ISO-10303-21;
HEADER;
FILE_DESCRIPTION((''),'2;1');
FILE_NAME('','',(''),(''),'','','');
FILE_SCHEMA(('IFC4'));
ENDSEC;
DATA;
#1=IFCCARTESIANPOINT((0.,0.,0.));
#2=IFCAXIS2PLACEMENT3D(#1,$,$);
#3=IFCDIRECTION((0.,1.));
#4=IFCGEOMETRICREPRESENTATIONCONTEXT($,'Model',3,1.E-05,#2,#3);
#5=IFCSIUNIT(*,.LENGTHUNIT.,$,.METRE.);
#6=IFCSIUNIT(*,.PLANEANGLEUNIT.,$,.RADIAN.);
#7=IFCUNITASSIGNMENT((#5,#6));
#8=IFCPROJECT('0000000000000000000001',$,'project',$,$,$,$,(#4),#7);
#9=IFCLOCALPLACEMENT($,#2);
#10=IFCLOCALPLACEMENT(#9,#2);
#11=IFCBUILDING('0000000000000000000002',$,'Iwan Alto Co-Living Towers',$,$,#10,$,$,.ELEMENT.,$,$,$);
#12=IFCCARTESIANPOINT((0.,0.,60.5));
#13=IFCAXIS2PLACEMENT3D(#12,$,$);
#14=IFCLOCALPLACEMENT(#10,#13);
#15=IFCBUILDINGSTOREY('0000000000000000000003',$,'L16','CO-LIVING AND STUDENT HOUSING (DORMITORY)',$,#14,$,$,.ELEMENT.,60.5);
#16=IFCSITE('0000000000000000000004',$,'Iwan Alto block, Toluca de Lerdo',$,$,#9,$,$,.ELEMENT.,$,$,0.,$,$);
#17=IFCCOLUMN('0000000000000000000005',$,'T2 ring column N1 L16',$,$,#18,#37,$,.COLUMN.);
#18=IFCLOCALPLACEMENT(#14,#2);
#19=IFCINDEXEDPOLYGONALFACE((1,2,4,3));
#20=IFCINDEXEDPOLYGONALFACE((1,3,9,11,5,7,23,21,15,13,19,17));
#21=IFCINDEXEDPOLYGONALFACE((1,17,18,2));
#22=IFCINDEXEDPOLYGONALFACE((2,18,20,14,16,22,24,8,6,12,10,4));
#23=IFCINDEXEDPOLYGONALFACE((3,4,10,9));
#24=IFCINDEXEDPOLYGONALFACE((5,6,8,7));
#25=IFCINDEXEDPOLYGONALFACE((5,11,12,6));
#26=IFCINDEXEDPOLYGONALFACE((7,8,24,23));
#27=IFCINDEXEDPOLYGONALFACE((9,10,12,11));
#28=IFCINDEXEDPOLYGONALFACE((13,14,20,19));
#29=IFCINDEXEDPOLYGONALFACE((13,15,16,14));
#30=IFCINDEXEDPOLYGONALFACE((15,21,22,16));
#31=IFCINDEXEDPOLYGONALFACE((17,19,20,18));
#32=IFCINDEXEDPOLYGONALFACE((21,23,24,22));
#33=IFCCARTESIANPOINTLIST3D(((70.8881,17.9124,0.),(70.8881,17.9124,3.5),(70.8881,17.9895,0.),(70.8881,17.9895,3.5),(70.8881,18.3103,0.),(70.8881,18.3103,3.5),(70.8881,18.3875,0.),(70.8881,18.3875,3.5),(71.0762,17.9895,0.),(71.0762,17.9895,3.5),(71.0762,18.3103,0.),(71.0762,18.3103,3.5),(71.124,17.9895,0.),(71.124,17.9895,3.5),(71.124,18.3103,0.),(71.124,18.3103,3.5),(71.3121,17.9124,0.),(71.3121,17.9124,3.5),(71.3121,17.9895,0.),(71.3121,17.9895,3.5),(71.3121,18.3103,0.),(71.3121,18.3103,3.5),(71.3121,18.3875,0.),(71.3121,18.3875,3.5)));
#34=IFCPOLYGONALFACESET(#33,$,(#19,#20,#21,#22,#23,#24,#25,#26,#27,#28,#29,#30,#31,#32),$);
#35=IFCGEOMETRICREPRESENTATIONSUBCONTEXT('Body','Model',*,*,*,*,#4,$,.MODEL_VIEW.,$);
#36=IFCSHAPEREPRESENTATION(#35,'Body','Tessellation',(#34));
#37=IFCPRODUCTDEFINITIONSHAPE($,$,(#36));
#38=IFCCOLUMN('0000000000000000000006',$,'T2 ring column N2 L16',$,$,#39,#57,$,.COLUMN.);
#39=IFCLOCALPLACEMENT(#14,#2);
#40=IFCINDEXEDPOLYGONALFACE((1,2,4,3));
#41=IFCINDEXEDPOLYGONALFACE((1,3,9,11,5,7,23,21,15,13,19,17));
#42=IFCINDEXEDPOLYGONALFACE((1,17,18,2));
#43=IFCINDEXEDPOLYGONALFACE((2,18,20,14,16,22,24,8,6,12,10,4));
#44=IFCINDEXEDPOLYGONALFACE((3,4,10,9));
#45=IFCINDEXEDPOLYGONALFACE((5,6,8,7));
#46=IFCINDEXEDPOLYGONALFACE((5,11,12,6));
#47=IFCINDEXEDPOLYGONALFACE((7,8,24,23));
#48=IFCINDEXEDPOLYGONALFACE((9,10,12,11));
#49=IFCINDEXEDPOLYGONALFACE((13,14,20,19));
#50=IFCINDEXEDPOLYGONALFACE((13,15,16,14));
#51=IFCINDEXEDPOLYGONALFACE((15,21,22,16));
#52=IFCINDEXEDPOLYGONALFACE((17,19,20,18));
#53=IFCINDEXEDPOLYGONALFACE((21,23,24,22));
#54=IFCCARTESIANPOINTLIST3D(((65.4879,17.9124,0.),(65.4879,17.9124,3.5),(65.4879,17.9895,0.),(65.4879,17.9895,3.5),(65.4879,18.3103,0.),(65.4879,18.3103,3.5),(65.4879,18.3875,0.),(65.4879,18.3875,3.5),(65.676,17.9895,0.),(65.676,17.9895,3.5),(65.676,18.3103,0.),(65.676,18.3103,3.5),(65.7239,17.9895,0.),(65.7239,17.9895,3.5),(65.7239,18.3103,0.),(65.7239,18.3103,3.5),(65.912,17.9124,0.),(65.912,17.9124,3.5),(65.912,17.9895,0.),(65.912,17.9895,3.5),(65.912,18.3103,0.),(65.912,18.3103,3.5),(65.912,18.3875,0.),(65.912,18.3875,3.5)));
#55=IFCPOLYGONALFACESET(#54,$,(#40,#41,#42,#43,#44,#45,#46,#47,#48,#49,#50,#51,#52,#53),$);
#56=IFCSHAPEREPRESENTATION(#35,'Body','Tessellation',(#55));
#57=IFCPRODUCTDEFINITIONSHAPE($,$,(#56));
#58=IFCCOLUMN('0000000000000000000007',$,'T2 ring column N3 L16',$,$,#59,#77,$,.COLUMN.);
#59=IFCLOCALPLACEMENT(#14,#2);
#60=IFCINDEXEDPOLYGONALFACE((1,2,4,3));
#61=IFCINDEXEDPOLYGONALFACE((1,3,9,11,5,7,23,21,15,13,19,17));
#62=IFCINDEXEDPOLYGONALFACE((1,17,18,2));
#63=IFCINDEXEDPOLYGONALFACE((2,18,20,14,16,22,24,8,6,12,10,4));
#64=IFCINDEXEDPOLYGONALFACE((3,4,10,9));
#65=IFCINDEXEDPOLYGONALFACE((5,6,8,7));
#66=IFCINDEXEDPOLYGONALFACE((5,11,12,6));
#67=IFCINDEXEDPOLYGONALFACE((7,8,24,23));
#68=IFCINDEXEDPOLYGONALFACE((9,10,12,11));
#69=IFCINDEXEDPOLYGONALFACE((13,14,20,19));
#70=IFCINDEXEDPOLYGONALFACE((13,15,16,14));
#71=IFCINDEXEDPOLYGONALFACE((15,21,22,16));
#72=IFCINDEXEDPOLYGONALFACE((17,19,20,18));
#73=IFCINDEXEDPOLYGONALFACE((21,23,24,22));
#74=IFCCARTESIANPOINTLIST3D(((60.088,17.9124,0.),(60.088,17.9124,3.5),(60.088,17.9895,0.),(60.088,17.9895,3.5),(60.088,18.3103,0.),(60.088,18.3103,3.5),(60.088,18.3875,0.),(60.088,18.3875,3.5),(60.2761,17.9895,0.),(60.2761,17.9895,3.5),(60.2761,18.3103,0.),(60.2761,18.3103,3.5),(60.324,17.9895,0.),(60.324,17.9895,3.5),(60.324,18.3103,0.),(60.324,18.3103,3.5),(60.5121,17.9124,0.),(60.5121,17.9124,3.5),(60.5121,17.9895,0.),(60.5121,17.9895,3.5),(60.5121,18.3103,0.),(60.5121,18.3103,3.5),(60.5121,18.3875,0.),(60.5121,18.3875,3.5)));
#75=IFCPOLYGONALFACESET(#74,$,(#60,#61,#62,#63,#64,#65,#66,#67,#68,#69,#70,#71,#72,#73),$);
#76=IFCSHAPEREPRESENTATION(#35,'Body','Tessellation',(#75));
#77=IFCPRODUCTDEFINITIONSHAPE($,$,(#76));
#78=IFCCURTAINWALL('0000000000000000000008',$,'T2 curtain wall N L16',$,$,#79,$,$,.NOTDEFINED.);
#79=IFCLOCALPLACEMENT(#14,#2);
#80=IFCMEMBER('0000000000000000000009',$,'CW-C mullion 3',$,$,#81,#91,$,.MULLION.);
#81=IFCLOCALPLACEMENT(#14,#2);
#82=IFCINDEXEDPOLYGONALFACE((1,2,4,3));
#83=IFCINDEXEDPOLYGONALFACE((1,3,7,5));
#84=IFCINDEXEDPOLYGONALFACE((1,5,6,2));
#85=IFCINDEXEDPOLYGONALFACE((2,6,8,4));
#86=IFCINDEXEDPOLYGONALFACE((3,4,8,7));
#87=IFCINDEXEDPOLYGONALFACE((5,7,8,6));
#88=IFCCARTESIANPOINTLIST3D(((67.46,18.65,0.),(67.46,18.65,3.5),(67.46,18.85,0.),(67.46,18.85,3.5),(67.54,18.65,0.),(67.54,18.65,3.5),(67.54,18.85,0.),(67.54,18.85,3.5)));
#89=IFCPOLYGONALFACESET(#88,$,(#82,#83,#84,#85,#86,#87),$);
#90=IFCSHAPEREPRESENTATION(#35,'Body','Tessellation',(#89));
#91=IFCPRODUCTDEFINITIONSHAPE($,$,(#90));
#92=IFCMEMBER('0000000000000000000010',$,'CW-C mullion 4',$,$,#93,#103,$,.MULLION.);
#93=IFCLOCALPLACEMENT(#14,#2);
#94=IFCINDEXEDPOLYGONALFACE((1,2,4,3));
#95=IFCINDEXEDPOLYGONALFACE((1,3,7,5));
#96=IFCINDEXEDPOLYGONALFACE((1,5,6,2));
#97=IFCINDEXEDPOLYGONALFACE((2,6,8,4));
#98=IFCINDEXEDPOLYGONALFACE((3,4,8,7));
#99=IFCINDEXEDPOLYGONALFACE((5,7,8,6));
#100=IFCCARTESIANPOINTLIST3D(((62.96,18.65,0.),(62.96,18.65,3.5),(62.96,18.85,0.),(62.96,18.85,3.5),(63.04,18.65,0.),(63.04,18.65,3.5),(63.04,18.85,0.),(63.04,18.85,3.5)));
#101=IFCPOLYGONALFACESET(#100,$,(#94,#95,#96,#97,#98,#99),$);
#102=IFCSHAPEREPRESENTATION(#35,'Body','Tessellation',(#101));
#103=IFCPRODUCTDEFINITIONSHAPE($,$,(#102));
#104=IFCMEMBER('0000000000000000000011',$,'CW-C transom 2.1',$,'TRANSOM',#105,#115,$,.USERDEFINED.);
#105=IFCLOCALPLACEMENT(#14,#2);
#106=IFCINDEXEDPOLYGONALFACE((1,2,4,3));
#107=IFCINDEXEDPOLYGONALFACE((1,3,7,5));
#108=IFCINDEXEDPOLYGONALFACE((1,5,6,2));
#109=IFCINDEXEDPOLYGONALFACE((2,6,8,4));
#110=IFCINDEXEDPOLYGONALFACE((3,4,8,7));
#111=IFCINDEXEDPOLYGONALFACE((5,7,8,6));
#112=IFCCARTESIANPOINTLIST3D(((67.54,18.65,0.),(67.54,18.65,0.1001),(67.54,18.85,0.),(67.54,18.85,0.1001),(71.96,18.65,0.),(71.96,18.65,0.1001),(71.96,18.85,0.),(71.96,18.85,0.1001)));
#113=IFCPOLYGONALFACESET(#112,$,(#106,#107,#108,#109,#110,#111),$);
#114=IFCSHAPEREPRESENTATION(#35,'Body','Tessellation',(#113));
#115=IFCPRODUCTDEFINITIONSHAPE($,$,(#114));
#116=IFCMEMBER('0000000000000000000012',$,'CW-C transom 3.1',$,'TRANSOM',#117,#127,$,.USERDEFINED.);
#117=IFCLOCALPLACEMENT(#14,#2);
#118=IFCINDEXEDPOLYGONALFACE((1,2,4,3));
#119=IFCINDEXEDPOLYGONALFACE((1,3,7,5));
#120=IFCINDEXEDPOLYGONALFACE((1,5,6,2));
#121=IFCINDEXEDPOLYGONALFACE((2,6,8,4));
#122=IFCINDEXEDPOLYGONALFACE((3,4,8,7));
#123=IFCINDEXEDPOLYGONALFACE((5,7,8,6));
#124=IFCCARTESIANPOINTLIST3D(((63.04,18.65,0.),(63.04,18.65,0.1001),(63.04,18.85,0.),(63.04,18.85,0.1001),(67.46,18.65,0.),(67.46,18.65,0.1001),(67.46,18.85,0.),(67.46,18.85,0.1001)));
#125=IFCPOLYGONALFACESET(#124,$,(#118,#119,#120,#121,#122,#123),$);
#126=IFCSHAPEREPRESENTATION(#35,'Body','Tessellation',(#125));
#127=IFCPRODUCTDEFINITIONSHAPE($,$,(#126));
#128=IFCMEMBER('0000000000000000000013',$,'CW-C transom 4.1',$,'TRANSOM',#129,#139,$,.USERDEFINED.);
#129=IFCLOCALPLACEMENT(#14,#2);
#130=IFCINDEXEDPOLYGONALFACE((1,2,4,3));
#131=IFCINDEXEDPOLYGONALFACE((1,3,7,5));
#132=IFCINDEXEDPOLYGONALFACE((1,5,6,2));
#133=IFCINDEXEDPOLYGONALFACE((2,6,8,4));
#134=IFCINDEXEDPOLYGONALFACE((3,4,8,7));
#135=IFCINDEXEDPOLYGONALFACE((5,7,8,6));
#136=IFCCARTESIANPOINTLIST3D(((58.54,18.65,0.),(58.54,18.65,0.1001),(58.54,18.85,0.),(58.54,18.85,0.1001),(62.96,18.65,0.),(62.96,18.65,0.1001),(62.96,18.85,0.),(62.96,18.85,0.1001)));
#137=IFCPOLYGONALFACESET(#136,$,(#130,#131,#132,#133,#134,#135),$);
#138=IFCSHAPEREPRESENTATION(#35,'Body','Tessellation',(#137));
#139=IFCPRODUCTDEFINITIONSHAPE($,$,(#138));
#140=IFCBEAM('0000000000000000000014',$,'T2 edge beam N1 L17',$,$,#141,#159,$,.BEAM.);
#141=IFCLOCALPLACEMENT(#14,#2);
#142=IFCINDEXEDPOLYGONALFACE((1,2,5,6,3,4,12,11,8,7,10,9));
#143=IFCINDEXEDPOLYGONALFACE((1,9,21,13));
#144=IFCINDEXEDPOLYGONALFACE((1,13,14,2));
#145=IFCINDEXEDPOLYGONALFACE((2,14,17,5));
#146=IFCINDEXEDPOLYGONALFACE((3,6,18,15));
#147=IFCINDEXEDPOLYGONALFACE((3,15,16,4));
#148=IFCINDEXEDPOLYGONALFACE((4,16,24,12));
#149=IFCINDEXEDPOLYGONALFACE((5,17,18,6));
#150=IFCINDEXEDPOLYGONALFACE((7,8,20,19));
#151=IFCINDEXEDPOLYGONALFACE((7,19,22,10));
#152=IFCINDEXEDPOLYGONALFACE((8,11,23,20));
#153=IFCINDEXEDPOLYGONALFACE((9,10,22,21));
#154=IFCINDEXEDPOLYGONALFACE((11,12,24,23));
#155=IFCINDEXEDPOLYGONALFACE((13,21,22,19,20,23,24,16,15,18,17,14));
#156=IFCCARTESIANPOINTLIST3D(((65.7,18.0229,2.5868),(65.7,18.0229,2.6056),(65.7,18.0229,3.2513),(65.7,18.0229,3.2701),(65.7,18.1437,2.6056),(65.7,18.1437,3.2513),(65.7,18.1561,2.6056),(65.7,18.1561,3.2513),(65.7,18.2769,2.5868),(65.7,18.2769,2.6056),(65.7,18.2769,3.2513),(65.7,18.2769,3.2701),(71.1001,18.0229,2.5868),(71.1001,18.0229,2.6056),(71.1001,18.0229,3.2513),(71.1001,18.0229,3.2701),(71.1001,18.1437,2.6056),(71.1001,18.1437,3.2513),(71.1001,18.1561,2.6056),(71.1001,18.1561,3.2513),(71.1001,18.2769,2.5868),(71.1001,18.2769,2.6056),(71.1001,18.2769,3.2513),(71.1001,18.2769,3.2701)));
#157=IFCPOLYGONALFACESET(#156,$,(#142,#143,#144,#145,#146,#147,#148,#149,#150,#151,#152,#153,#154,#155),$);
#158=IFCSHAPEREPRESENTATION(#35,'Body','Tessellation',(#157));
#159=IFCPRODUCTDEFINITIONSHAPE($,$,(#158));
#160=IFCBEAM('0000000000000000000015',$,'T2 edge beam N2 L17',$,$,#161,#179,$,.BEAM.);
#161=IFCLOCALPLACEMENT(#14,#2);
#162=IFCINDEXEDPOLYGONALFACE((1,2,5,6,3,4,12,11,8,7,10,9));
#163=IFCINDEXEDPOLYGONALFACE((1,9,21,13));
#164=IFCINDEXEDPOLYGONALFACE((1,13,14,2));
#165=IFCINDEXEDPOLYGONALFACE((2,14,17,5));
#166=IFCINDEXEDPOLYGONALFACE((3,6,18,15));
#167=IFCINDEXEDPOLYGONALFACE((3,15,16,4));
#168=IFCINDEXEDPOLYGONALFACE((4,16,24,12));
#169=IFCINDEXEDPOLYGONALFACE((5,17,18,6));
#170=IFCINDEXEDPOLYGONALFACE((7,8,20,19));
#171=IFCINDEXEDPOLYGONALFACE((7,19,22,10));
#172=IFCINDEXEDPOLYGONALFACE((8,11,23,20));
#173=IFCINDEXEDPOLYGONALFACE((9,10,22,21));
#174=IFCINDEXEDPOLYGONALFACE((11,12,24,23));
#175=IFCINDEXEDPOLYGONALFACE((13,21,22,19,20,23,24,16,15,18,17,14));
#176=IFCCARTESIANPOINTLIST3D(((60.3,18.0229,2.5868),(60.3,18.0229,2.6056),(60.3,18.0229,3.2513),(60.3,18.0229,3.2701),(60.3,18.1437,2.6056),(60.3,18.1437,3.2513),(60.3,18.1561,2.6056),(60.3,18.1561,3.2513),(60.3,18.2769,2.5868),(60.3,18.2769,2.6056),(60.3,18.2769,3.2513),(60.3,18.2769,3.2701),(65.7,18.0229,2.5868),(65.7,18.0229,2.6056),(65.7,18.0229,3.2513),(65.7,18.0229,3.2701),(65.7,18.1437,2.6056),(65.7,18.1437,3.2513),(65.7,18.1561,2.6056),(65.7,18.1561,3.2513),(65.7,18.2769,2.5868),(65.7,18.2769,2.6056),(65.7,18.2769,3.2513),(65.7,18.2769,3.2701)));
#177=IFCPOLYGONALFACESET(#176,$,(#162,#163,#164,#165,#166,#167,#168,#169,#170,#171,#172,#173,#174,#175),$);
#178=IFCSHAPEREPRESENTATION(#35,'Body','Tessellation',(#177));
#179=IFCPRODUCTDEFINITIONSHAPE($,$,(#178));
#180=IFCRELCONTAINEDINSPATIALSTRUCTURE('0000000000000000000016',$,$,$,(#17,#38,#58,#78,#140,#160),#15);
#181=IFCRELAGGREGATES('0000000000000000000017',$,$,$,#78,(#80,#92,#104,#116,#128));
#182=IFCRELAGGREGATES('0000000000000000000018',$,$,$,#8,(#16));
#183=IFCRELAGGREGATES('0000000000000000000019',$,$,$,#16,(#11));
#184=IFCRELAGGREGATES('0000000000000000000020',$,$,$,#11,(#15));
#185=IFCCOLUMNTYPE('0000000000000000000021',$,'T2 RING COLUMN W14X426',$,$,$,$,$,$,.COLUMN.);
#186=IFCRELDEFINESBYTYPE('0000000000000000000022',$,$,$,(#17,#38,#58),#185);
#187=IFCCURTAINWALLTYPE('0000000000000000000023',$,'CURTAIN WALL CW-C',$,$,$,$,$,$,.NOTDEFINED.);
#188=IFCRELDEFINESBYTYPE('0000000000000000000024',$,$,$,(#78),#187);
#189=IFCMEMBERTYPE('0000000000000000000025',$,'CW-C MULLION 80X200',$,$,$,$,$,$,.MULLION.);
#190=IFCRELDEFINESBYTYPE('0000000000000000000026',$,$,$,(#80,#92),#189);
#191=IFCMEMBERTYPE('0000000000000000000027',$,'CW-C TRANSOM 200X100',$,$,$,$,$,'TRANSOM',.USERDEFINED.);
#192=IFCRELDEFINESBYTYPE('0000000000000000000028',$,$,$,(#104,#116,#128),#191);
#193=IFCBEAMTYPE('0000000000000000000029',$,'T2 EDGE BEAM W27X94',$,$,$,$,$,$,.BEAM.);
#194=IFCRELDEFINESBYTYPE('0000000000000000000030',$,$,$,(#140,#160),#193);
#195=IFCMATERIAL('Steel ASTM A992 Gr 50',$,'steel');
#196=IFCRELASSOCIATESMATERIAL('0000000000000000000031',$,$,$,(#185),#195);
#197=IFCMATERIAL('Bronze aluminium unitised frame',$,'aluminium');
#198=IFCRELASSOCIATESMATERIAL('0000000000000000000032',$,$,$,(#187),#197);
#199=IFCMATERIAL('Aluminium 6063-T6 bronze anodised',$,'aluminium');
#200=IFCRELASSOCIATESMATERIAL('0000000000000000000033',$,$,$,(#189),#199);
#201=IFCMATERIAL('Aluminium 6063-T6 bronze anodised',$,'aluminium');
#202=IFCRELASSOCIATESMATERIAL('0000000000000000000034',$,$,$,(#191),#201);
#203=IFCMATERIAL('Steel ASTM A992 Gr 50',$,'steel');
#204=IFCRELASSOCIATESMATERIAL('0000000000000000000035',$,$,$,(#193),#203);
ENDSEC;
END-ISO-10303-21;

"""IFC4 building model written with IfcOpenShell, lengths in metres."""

from ifc_helpers import new_model, si_unit, direction, frame, origin, origin_2d, place, context, subcontext, project, spatial, rectangle, i_section, extrude, material, material_profile, profile_set, type_object, element, aggregate, save


model = new_model("IFC4")

# Units and contexts
model_context = context("Model", 3, precision=1e-05, world=origin(), true_north=direction((0.0, 1.0)))
body_context = subcontext(model_context, "Body", "Model", "MODEL_VIEW")
ifc_project = project(units=[si_unit("LENGTHUNIT", "METRE"), si_unit("PLANEANGLEUNIT", "RADIAN")], contexts=[model_context])

# Site, building, storey
site_placement = place(None, origin())
site = spatial("IfcSite", under=ifc_project, at=site_placement, Name="Iwan Alto block, Toluca de Lerdo", CompositionType="ELEMENT", RefElevation=0.0)
building_placement = place(site_placement, origin())
building = spatial("IfcBuilding", under=site, at=building_placement, Name="Iwan Alto Co-Living Towers", CompositionType="ELEMENT")
storey_placement = place(building_placement, frame((0.0, 0.0, 60.5)))
storey = spatial("IfcBuildingStorey", under=building, at=storey_placement, Name="L16", Description="CO-LIVING AND STUDENT HOUSING (DORMITORY)", CompositionType="ELEMENT", Elevation=60.5)

# Columns
ifc_material_1 = material(Name="Steel ASTM A992 Gr 50", Category="steel")
ifc_material_profile_1 = material_profile(ifc_material_1, i_section(OverallWidth=0.4241, OverallDepth=0.4751, WebThickness=0.0479, FlangeThickness=0.0771, at=origin_2d()), Name="W14X426")
ifc_profile_set_1 = profile_set([ifc_material_profile_1], Name="Steel ASTM A992 Gr 50")
column_type = type_object("IfcColumnType", Name="T2 RING COLUMN W14X426", PredefinedType="COLUMN", material=ifc_profile_set_1)
for number, where, z_axis, x_axis, name in (
    (1, (71.1001, 18.1499, 0.0), (0.0, 0.0, 1.0), (1.0, 0.0, 0.0), "T2 ring column N1 L16"),
    (2, (65.7, 18.1499, 0.0), (0.0, 0.0, 1.0), (1.0, 0.0, 0.0), "T2 ring column N2 L16"),
    (3, (60.3, 18.1499, 0.0), (0.0, 0.0, 1.0), (1.0, 0.0, 0.0), "T2 ring column N3 L16"),
):
    element("IfcColumn", number, at=place(storey_placement, frame(where, z_axis=z_axis, x_axis=x_axis)), inside=storey, type_object=column_type, Name=name, PredefinedType="COLUMN", context=body_context, shape_type="SweptSolid", body=[
        extrude(i_section(OverallWidth=0.4241, OverallDepth=0.4751, WebThickness=0.0479, FlangeThickness=0.0771, at=origin_2d()), origin(), (0.0, 0.0, 1.0), 3.5),
    ])

# Curtain wall, members
ifc_material_2 = material(Name="Bronze aluminium unitised frame", Category="aluminium")
curtain_wall_type = type_object("IfcCurtainWallType", Name="CURTAIN WALL CW-C", PredefinedType="NOTDEFINED", material=ifc_material_2)
curtain_wall_placement = place(storey_placement, origin())
curtain_wall = element("IfcCurtainWall", 4, at=curtain_wall_placement, inside=storey, type_object=curtain_wall_type, Name="T2 curtain wall N L16", PredefinedType="NOTDEFINED")
ifc_material_3 = material(Name="Aluminium 6063-T6 bronze anodised", Category="aluminium")
ifc_material_profile_2 = material_profile(ifc_material_3, rectangle(XDim=0.2, YDim=0.0801, at=origin_2d()), Name="AL 80X200")
ifc_profile_set_2 = profile_set([ifc_material_profile_2], Name="Aluminium 6063-T6 bronze anodised")
member_type_1 = type_object("IfcMemberType", Name="CW-C MULLION 80X200", PredefinedType="MULLION", material=ifc_profile_set_2)
member_1_placement = place(storey_placement, frame((67.5, 18.75, 0.0), z_axis=(0.0, 0.0, 1.0), x_axis=(0.0, -1.0, 0.0)))
member_1 = element("IfcMember", 5, at=member_1_placement, type_object=member_type_1, Name="CW-C mullion 3", PredefinedType="MULLION", context=body_context, shape_type="SweptSolid", body=[
    extrude(rectangle(XDim=0.2, YDim=0.0801, at=origin_2d()), origin(), (0.0, 0.0, 1.0), 3.5),
])
member_2_placement = place(storey_placement, frame((63.0, 18.75, 0.0), z_axis=(0.0, 0.0, 1.0), x_axis=(0.0, -1.0, 0.0)))
member_2 = element("IfcMember", 6, at=member_2_placement, type_object=member_type_1, Name="CW-C mullion 4", PredefinedType="MULLION", context=body_context, shape_type="SweptSolid", body=[
    extrude(rectangle(XDim=0.2, YDim=0.0801, at=origin_2d()), origin(), (0.0, 0.0, 1.0), 3.5),
])
ifc_material_4 = material(Name="Aluminium 6063-T6 bronze anodised", Category="aluminium")
ifc_material_profile_3 = material_profile(ifc_material_4, rectangle(XDim=0.2, YDim=0.1001, at=origin_2d()), Name="AL 200X100")
ifc_profile_set_3 = profile_set([ifc_material_profile_3], Name="Aluminium 6063-T6 bronze anodised")
member_type_2 = type_object("IfcMemberType", Name="CW-C TRANSOM 200X100", ElementType="TRANSOM", PredefinedType="USERDEFINED", material=ifc_profile_set_3)
member_3_placement = place(storey_placement, frame((71.96, 18.75, 0.05), z_axis=(-1.0, 0.0, 0.0), x_axis=(0.0, -1.0, 0.0)))
member_3 = element("IfcMember", 7, at=member_3_placement, type_object=member_type_2, Name="CW-C transom 2.1", ObjectType="TRANSOM", PredefinedType="USERDEFINED", context=body_context, shape_type="SweptSolid", body=[
    extrude(rectangle(XDim=0.2, YDim=0.1001, at=origin_2d()), origin(), (0.0, 0.0, 1.0), 4.4199),
])
member_4_placement = place(storey_placement, frame((67.46, 18.75, 0.05), z_axis=(-1.0, 0.0, 0.0), x_axis=(0.0, -1.0, 0.0)))
member_4 = element("IfcMember", 8, at=member_4_placement, type_object=member_type_2, Name="CW-C transom 3.1", ObjectType="TRANSOM", PredefinedType="USERDEFINED", context=body_context, shape_type="SweptSolid", body=[
    extrude(rectangle(XDim=0.2, YDim=0.1001, at=origin_2d()), origin(), (0.0, 0.0, 1.0), 4.4199),
])
member_5_placement = place(storey_placement, frame((62.96, 18.75, 0.05), z_axis=(-1.0, 0.0, 0.0), x_axis=(0.0, -1.0, 0.0)))
member_5 = element("IfcMember", 9, at=member_5_placement, type_object=member_type_2, Name="CW-C transom 4.1", ObjectType="TRANSOM", PredefinedType="USERDEFINED", context=body_context, shape_type="SweptSolid", body=[
    extrude(rectangle(XDim=0.2, YDim=0.1001, at=origin_2d()), origin(), (0.0, 0.0, 1.0), 4.4199),
])

# Beams
ifc_material_5 = material(Name="Steel ASTM A992 Gr 50", Category="steel")
ifc_material_profile_4 = material_profile(ifc_material_5, i_section(OverallWidth=0.2539, OverallDepth=0.6833, WebThickness=0.0125, FlangeThickness=0.0188, at=origin_2d()), Name="W27X94")
ifc_profile_set_4 = profile_set([ifc_material_profile_4], Name="Steel ASTM A992 Gr 50")
beam_type_1 = type_object("IfcBeamType", Name="T2 EDGE BEAM W27X94", PredefinedType="BEAM", material=ifc_profile_set_4)
beam_1_placement = place(storey_placement, frame((71.1001, 18.1499, 2.9285), z_axis=(-1.0, 0.0, 0.0), x_axis=(0.0, -1.0, 0.0)))
element("IfcBeam", 10, at=beam_1_placement, inside=storey, type_object=beam_type_1, Name="T2 edge beam N1 L17", PredefinedType="BEAM", context=body_context, shape_type="SweptSolid", body=[
    extrude(i_section(OverallWidth=0.2539, OverallDepth=0.6833, WebThickness=0.0125, FlangeThickness=0.0188, at=origin_2d()), origin(), (0.0, 0.0, 1.0), 5.4001),
])
beam_2_placement = place(storey_placement, frame((65.7, 18.1499, 2.9285), z_axis=(-1.0, 0.0, 0.0), x_axis=(0.0, -1.0, 0.0)))
element("IfcBeam", 11, at=beam_2_placement, inside=storey, type_object=beam_type_1, Name="T2 edge beam N2 L17", PredefinedType="BEAM", context=body_context, shape_type="SweptSolid", body=[
    extrude(i_section(OverallWidth=0.2539, OverallDepth=0.6833, WebThickness=0.0125, FlangeThickness=0.0188, at=origin_2d()), origin(), (0.0, 0.0, 1.0), 5.3999),
])

aggregate(curtain_wall, [member_1, member_2, member_3, member_4, member_5])

save(model, "model.ifc")
